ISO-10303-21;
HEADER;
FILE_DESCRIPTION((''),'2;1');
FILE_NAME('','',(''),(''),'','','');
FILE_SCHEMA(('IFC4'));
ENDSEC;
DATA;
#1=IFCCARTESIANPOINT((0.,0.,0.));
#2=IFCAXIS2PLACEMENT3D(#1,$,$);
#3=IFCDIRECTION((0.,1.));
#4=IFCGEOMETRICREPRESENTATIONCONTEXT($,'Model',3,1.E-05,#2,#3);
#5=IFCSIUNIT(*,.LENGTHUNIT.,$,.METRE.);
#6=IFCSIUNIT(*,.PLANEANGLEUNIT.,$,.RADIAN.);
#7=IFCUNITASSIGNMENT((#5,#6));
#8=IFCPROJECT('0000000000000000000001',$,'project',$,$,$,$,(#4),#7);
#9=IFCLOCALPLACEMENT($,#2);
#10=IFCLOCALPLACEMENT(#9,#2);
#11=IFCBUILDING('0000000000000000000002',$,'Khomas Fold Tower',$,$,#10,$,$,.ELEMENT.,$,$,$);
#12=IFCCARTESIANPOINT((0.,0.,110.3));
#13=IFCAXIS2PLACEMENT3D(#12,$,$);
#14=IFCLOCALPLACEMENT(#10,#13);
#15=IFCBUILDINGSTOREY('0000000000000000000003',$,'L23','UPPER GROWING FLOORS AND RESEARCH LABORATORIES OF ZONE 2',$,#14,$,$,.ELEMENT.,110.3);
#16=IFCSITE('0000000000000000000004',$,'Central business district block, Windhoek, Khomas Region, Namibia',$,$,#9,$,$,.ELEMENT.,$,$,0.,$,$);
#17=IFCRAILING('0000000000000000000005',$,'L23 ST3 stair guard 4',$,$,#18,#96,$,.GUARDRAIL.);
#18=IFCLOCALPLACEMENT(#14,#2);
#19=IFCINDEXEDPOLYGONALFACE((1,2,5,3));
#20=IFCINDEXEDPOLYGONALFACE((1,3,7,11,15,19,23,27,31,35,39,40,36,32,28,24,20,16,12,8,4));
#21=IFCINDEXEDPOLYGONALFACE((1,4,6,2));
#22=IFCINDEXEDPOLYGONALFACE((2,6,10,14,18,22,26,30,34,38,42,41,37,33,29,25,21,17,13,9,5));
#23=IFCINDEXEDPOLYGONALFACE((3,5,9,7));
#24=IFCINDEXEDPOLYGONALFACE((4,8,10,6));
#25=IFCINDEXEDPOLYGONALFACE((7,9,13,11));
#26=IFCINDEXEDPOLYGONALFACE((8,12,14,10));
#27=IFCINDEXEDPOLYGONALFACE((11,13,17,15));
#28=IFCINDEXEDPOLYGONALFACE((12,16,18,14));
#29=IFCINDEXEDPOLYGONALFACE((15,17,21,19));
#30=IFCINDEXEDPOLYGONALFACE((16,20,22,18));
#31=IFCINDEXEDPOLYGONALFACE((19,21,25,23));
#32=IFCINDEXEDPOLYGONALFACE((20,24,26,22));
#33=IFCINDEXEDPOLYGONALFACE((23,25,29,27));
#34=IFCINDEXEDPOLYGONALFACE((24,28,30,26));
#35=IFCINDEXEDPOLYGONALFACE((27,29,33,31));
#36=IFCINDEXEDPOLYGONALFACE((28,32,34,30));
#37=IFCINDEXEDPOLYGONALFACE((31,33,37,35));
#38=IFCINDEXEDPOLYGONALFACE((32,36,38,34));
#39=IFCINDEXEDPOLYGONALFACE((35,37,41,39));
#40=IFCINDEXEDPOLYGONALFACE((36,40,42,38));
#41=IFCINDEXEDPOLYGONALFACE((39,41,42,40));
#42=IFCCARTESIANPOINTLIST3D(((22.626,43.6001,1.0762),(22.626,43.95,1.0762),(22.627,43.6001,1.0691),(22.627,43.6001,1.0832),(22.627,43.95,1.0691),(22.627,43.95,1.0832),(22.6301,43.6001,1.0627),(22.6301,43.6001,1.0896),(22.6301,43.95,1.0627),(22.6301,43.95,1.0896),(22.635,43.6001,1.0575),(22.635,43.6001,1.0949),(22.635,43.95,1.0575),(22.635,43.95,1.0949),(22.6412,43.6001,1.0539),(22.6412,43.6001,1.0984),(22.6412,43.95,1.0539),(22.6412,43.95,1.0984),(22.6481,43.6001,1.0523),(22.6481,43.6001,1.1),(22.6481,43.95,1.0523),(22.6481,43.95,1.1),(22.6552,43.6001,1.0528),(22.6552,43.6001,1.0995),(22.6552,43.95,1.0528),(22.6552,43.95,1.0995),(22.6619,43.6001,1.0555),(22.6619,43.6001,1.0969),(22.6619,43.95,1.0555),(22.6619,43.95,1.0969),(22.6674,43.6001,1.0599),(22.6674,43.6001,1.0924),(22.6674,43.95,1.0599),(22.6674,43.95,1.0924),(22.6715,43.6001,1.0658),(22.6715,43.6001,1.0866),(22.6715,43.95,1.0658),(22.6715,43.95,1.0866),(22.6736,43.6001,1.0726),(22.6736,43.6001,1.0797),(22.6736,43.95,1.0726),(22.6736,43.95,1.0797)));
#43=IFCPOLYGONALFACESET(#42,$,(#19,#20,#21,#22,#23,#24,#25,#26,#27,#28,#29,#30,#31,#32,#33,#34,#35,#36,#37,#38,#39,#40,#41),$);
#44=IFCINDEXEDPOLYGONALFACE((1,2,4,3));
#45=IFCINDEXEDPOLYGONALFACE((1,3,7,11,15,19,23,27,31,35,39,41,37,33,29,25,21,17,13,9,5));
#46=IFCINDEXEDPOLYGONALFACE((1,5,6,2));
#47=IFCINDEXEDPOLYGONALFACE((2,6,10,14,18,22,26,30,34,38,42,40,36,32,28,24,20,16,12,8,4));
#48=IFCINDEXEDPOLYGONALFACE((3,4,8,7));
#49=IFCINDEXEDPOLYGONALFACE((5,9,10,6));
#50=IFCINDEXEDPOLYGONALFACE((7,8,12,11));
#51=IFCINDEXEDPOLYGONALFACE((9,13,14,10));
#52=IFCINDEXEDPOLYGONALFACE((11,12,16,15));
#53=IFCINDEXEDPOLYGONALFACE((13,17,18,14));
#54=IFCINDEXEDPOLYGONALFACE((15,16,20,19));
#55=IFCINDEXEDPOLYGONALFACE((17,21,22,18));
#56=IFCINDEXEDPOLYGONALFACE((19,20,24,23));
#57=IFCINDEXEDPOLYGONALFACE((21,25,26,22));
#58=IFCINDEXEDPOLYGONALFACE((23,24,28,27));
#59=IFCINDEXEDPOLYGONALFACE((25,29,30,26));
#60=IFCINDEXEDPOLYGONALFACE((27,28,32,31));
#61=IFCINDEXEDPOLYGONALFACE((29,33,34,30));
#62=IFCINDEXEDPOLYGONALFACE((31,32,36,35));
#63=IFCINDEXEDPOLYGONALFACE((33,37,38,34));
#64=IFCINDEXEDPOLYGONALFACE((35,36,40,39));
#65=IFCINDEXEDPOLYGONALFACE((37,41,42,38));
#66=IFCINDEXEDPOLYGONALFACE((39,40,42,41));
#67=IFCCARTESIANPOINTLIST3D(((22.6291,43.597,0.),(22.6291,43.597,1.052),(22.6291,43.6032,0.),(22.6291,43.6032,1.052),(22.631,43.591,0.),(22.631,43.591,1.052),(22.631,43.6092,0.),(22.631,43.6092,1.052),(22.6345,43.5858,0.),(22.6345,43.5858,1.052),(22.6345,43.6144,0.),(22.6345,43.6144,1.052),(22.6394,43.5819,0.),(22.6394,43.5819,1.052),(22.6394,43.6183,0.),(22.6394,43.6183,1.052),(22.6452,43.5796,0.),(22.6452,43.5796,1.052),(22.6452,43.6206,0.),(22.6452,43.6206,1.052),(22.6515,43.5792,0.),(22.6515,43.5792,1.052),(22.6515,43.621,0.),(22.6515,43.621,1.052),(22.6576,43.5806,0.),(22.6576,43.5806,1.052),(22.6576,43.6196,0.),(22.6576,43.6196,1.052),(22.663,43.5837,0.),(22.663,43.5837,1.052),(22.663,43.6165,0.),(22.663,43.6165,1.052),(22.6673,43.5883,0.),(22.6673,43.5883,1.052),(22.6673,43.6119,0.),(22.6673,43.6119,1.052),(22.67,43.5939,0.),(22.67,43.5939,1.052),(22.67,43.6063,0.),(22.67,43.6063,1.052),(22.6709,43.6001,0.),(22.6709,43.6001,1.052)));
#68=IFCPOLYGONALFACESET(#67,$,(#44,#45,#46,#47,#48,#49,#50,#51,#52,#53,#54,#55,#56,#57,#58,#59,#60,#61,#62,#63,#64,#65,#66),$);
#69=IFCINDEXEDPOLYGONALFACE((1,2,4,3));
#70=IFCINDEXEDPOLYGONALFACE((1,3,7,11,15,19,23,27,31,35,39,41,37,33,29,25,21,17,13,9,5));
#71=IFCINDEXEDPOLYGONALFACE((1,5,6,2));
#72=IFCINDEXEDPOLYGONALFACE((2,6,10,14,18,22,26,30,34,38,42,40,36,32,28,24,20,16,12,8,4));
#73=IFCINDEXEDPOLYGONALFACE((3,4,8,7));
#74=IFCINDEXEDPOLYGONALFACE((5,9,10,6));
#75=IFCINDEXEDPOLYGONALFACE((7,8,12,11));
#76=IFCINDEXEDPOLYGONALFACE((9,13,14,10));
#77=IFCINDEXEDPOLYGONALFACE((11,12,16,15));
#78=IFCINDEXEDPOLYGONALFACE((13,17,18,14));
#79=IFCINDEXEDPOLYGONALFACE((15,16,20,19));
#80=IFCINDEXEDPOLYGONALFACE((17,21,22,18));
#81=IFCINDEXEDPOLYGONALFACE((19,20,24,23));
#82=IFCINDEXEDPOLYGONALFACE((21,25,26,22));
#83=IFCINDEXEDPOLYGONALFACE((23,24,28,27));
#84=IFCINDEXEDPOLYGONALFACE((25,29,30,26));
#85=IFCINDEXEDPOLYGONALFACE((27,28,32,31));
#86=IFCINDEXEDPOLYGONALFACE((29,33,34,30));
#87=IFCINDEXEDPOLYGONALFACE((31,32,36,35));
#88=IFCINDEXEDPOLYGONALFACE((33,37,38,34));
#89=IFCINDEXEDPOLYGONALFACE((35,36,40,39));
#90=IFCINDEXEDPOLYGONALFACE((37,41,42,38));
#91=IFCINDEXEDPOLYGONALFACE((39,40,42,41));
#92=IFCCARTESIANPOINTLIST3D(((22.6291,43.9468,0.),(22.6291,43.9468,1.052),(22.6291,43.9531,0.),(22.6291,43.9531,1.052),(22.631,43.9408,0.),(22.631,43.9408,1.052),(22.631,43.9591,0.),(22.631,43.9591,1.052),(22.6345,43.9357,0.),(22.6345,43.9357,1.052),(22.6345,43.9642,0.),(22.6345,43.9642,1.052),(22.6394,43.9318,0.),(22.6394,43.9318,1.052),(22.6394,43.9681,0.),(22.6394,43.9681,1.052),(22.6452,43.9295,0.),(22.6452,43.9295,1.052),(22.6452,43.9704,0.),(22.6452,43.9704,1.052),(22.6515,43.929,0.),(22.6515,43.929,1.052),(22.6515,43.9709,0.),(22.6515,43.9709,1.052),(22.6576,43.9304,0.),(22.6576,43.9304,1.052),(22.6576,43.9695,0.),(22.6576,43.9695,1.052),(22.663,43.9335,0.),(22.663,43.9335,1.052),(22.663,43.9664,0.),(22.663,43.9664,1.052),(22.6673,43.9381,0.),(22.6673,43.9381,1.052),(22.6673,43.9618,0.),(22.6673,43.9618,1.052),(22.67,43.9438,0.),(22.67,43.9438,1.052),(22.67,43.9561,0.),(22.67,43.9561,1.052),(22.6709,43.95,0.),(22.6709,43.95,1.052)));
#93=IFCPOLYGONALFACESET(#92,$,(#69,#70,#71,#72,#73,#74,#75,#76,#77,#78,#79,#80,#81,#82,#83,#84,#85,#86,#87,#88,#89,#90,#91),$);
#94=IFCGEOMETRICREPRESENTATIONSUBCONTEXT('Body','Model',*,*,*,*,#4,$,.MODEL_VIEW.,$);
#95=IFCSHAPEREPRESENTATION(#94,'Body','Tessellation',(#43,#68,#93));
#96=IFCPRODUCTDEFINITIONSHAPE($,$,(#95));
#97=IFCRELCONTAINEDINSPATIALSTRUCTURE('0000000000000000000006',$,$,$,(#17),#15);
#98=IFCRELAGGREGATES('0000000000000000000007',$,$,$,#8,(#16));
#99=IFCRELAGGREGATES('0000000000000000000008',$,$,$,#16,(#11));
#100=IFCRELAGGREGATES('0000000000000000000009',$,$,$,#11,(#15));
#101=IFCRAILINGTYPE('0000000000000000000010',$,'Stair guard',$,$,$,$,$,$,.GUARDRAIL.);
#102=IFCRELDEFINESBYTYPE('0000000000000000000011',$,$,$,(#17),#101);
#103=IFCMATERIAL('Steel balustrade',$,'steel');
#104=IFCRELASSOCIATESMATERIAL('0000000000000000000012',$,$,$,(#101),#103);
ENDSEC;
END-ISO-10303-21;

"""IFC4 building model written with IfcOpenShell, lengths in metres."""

from ifc_helpers import new_model, si_unit, direction, frame, origin, origin_2d, place, context, subcontext, project, spatial, circle, extrude, source, transform, mapped, material, type_object, element, save


model = new_model("IFC4")

# Units and contexts
model_context = context("Model", 3, precision=1e-05, world=origin(), true_north=direction((0.0, 1.0)))
body_context = subcontext(model_context, "Body", "Model", "MODEL_VIEW")
ifc_project = project(units=[si_unit("LENGTHUNIT", "METRE"), si_unit("PLANEANGLEUNIT", "RADIAN")], contexts=[model_context])

# Site, building, storey
site_placement = place(None, origin())
site = spatial("IfcSite", under=ifc_project, at=site_placement, Name="Central business district block, Windhoek, Khomas Region, Namibia", CompositionType="ELEMENT", RefElevation=0.0)
building_placement = place(site_placement, origin())
building = spatial("IfcBuilding", under=site, at=building_placement, Name="Khomas Fold Tower", CompositionType="ELEMENT")
storey_placement = place(building_placement, frame((0.0, 0.0, 110.3)))
storey = spatial("IfcBuildingStorey", under=building, at=storey_placement, Name="L23", Description="UPPER GROWING FLOORS AND RESEARCH LABORATORIES OF ZONE 2", CompositionType="ELEMENT", Elevation=110.3)

# Railing
ifc_material_1 = material(Name="Steel balustrade", Category="steel")
railing_type_1 = type_object("IfcRailingType", Name="Stair guard", PredefinedType="GUARDRAIL", material=ifc_material_1)
shared_shape_1 = source(origin(), body_context, "Body", "SweptSolid", [
    extrude(circle(Radius=0.0239, at=origin_2d()), frame((0.0, 0.0, 1.0762), z_axis=(0.0, 1.0, 0.0), x_axis=(-1.0, 0.0, 0.0)), (0.0, 0.0, 1.0), 0.3499),
    extrude(circle(Radius=0.021, at=origin_2d()), origin(), (0.0, 0.0, 1.0), 1.052),
    extrude(circle(Radius=0.021, at=origin_2d()), frame((0.0, 0.3499, 0.0)), (0.0, 0.0, 1.0), 1.052),
])
for number, where, name in (
    (1, (22.6499, 43.6001, 0.0), "L23 ST3 stair guard 4"),
):
    element("IfcRailing", number, at=place(storey_placement, frame(where)), inside=storey, type_object=railing_type_1, Name=name, PredefinedType="GUARDRAIL", context=body_context, shape_type="MappedRepresentation", body=[
        mapped(shared_shape_1, transform((0.0, 0.0, 0.0))),
    ])

save(model, "model.ifc")
